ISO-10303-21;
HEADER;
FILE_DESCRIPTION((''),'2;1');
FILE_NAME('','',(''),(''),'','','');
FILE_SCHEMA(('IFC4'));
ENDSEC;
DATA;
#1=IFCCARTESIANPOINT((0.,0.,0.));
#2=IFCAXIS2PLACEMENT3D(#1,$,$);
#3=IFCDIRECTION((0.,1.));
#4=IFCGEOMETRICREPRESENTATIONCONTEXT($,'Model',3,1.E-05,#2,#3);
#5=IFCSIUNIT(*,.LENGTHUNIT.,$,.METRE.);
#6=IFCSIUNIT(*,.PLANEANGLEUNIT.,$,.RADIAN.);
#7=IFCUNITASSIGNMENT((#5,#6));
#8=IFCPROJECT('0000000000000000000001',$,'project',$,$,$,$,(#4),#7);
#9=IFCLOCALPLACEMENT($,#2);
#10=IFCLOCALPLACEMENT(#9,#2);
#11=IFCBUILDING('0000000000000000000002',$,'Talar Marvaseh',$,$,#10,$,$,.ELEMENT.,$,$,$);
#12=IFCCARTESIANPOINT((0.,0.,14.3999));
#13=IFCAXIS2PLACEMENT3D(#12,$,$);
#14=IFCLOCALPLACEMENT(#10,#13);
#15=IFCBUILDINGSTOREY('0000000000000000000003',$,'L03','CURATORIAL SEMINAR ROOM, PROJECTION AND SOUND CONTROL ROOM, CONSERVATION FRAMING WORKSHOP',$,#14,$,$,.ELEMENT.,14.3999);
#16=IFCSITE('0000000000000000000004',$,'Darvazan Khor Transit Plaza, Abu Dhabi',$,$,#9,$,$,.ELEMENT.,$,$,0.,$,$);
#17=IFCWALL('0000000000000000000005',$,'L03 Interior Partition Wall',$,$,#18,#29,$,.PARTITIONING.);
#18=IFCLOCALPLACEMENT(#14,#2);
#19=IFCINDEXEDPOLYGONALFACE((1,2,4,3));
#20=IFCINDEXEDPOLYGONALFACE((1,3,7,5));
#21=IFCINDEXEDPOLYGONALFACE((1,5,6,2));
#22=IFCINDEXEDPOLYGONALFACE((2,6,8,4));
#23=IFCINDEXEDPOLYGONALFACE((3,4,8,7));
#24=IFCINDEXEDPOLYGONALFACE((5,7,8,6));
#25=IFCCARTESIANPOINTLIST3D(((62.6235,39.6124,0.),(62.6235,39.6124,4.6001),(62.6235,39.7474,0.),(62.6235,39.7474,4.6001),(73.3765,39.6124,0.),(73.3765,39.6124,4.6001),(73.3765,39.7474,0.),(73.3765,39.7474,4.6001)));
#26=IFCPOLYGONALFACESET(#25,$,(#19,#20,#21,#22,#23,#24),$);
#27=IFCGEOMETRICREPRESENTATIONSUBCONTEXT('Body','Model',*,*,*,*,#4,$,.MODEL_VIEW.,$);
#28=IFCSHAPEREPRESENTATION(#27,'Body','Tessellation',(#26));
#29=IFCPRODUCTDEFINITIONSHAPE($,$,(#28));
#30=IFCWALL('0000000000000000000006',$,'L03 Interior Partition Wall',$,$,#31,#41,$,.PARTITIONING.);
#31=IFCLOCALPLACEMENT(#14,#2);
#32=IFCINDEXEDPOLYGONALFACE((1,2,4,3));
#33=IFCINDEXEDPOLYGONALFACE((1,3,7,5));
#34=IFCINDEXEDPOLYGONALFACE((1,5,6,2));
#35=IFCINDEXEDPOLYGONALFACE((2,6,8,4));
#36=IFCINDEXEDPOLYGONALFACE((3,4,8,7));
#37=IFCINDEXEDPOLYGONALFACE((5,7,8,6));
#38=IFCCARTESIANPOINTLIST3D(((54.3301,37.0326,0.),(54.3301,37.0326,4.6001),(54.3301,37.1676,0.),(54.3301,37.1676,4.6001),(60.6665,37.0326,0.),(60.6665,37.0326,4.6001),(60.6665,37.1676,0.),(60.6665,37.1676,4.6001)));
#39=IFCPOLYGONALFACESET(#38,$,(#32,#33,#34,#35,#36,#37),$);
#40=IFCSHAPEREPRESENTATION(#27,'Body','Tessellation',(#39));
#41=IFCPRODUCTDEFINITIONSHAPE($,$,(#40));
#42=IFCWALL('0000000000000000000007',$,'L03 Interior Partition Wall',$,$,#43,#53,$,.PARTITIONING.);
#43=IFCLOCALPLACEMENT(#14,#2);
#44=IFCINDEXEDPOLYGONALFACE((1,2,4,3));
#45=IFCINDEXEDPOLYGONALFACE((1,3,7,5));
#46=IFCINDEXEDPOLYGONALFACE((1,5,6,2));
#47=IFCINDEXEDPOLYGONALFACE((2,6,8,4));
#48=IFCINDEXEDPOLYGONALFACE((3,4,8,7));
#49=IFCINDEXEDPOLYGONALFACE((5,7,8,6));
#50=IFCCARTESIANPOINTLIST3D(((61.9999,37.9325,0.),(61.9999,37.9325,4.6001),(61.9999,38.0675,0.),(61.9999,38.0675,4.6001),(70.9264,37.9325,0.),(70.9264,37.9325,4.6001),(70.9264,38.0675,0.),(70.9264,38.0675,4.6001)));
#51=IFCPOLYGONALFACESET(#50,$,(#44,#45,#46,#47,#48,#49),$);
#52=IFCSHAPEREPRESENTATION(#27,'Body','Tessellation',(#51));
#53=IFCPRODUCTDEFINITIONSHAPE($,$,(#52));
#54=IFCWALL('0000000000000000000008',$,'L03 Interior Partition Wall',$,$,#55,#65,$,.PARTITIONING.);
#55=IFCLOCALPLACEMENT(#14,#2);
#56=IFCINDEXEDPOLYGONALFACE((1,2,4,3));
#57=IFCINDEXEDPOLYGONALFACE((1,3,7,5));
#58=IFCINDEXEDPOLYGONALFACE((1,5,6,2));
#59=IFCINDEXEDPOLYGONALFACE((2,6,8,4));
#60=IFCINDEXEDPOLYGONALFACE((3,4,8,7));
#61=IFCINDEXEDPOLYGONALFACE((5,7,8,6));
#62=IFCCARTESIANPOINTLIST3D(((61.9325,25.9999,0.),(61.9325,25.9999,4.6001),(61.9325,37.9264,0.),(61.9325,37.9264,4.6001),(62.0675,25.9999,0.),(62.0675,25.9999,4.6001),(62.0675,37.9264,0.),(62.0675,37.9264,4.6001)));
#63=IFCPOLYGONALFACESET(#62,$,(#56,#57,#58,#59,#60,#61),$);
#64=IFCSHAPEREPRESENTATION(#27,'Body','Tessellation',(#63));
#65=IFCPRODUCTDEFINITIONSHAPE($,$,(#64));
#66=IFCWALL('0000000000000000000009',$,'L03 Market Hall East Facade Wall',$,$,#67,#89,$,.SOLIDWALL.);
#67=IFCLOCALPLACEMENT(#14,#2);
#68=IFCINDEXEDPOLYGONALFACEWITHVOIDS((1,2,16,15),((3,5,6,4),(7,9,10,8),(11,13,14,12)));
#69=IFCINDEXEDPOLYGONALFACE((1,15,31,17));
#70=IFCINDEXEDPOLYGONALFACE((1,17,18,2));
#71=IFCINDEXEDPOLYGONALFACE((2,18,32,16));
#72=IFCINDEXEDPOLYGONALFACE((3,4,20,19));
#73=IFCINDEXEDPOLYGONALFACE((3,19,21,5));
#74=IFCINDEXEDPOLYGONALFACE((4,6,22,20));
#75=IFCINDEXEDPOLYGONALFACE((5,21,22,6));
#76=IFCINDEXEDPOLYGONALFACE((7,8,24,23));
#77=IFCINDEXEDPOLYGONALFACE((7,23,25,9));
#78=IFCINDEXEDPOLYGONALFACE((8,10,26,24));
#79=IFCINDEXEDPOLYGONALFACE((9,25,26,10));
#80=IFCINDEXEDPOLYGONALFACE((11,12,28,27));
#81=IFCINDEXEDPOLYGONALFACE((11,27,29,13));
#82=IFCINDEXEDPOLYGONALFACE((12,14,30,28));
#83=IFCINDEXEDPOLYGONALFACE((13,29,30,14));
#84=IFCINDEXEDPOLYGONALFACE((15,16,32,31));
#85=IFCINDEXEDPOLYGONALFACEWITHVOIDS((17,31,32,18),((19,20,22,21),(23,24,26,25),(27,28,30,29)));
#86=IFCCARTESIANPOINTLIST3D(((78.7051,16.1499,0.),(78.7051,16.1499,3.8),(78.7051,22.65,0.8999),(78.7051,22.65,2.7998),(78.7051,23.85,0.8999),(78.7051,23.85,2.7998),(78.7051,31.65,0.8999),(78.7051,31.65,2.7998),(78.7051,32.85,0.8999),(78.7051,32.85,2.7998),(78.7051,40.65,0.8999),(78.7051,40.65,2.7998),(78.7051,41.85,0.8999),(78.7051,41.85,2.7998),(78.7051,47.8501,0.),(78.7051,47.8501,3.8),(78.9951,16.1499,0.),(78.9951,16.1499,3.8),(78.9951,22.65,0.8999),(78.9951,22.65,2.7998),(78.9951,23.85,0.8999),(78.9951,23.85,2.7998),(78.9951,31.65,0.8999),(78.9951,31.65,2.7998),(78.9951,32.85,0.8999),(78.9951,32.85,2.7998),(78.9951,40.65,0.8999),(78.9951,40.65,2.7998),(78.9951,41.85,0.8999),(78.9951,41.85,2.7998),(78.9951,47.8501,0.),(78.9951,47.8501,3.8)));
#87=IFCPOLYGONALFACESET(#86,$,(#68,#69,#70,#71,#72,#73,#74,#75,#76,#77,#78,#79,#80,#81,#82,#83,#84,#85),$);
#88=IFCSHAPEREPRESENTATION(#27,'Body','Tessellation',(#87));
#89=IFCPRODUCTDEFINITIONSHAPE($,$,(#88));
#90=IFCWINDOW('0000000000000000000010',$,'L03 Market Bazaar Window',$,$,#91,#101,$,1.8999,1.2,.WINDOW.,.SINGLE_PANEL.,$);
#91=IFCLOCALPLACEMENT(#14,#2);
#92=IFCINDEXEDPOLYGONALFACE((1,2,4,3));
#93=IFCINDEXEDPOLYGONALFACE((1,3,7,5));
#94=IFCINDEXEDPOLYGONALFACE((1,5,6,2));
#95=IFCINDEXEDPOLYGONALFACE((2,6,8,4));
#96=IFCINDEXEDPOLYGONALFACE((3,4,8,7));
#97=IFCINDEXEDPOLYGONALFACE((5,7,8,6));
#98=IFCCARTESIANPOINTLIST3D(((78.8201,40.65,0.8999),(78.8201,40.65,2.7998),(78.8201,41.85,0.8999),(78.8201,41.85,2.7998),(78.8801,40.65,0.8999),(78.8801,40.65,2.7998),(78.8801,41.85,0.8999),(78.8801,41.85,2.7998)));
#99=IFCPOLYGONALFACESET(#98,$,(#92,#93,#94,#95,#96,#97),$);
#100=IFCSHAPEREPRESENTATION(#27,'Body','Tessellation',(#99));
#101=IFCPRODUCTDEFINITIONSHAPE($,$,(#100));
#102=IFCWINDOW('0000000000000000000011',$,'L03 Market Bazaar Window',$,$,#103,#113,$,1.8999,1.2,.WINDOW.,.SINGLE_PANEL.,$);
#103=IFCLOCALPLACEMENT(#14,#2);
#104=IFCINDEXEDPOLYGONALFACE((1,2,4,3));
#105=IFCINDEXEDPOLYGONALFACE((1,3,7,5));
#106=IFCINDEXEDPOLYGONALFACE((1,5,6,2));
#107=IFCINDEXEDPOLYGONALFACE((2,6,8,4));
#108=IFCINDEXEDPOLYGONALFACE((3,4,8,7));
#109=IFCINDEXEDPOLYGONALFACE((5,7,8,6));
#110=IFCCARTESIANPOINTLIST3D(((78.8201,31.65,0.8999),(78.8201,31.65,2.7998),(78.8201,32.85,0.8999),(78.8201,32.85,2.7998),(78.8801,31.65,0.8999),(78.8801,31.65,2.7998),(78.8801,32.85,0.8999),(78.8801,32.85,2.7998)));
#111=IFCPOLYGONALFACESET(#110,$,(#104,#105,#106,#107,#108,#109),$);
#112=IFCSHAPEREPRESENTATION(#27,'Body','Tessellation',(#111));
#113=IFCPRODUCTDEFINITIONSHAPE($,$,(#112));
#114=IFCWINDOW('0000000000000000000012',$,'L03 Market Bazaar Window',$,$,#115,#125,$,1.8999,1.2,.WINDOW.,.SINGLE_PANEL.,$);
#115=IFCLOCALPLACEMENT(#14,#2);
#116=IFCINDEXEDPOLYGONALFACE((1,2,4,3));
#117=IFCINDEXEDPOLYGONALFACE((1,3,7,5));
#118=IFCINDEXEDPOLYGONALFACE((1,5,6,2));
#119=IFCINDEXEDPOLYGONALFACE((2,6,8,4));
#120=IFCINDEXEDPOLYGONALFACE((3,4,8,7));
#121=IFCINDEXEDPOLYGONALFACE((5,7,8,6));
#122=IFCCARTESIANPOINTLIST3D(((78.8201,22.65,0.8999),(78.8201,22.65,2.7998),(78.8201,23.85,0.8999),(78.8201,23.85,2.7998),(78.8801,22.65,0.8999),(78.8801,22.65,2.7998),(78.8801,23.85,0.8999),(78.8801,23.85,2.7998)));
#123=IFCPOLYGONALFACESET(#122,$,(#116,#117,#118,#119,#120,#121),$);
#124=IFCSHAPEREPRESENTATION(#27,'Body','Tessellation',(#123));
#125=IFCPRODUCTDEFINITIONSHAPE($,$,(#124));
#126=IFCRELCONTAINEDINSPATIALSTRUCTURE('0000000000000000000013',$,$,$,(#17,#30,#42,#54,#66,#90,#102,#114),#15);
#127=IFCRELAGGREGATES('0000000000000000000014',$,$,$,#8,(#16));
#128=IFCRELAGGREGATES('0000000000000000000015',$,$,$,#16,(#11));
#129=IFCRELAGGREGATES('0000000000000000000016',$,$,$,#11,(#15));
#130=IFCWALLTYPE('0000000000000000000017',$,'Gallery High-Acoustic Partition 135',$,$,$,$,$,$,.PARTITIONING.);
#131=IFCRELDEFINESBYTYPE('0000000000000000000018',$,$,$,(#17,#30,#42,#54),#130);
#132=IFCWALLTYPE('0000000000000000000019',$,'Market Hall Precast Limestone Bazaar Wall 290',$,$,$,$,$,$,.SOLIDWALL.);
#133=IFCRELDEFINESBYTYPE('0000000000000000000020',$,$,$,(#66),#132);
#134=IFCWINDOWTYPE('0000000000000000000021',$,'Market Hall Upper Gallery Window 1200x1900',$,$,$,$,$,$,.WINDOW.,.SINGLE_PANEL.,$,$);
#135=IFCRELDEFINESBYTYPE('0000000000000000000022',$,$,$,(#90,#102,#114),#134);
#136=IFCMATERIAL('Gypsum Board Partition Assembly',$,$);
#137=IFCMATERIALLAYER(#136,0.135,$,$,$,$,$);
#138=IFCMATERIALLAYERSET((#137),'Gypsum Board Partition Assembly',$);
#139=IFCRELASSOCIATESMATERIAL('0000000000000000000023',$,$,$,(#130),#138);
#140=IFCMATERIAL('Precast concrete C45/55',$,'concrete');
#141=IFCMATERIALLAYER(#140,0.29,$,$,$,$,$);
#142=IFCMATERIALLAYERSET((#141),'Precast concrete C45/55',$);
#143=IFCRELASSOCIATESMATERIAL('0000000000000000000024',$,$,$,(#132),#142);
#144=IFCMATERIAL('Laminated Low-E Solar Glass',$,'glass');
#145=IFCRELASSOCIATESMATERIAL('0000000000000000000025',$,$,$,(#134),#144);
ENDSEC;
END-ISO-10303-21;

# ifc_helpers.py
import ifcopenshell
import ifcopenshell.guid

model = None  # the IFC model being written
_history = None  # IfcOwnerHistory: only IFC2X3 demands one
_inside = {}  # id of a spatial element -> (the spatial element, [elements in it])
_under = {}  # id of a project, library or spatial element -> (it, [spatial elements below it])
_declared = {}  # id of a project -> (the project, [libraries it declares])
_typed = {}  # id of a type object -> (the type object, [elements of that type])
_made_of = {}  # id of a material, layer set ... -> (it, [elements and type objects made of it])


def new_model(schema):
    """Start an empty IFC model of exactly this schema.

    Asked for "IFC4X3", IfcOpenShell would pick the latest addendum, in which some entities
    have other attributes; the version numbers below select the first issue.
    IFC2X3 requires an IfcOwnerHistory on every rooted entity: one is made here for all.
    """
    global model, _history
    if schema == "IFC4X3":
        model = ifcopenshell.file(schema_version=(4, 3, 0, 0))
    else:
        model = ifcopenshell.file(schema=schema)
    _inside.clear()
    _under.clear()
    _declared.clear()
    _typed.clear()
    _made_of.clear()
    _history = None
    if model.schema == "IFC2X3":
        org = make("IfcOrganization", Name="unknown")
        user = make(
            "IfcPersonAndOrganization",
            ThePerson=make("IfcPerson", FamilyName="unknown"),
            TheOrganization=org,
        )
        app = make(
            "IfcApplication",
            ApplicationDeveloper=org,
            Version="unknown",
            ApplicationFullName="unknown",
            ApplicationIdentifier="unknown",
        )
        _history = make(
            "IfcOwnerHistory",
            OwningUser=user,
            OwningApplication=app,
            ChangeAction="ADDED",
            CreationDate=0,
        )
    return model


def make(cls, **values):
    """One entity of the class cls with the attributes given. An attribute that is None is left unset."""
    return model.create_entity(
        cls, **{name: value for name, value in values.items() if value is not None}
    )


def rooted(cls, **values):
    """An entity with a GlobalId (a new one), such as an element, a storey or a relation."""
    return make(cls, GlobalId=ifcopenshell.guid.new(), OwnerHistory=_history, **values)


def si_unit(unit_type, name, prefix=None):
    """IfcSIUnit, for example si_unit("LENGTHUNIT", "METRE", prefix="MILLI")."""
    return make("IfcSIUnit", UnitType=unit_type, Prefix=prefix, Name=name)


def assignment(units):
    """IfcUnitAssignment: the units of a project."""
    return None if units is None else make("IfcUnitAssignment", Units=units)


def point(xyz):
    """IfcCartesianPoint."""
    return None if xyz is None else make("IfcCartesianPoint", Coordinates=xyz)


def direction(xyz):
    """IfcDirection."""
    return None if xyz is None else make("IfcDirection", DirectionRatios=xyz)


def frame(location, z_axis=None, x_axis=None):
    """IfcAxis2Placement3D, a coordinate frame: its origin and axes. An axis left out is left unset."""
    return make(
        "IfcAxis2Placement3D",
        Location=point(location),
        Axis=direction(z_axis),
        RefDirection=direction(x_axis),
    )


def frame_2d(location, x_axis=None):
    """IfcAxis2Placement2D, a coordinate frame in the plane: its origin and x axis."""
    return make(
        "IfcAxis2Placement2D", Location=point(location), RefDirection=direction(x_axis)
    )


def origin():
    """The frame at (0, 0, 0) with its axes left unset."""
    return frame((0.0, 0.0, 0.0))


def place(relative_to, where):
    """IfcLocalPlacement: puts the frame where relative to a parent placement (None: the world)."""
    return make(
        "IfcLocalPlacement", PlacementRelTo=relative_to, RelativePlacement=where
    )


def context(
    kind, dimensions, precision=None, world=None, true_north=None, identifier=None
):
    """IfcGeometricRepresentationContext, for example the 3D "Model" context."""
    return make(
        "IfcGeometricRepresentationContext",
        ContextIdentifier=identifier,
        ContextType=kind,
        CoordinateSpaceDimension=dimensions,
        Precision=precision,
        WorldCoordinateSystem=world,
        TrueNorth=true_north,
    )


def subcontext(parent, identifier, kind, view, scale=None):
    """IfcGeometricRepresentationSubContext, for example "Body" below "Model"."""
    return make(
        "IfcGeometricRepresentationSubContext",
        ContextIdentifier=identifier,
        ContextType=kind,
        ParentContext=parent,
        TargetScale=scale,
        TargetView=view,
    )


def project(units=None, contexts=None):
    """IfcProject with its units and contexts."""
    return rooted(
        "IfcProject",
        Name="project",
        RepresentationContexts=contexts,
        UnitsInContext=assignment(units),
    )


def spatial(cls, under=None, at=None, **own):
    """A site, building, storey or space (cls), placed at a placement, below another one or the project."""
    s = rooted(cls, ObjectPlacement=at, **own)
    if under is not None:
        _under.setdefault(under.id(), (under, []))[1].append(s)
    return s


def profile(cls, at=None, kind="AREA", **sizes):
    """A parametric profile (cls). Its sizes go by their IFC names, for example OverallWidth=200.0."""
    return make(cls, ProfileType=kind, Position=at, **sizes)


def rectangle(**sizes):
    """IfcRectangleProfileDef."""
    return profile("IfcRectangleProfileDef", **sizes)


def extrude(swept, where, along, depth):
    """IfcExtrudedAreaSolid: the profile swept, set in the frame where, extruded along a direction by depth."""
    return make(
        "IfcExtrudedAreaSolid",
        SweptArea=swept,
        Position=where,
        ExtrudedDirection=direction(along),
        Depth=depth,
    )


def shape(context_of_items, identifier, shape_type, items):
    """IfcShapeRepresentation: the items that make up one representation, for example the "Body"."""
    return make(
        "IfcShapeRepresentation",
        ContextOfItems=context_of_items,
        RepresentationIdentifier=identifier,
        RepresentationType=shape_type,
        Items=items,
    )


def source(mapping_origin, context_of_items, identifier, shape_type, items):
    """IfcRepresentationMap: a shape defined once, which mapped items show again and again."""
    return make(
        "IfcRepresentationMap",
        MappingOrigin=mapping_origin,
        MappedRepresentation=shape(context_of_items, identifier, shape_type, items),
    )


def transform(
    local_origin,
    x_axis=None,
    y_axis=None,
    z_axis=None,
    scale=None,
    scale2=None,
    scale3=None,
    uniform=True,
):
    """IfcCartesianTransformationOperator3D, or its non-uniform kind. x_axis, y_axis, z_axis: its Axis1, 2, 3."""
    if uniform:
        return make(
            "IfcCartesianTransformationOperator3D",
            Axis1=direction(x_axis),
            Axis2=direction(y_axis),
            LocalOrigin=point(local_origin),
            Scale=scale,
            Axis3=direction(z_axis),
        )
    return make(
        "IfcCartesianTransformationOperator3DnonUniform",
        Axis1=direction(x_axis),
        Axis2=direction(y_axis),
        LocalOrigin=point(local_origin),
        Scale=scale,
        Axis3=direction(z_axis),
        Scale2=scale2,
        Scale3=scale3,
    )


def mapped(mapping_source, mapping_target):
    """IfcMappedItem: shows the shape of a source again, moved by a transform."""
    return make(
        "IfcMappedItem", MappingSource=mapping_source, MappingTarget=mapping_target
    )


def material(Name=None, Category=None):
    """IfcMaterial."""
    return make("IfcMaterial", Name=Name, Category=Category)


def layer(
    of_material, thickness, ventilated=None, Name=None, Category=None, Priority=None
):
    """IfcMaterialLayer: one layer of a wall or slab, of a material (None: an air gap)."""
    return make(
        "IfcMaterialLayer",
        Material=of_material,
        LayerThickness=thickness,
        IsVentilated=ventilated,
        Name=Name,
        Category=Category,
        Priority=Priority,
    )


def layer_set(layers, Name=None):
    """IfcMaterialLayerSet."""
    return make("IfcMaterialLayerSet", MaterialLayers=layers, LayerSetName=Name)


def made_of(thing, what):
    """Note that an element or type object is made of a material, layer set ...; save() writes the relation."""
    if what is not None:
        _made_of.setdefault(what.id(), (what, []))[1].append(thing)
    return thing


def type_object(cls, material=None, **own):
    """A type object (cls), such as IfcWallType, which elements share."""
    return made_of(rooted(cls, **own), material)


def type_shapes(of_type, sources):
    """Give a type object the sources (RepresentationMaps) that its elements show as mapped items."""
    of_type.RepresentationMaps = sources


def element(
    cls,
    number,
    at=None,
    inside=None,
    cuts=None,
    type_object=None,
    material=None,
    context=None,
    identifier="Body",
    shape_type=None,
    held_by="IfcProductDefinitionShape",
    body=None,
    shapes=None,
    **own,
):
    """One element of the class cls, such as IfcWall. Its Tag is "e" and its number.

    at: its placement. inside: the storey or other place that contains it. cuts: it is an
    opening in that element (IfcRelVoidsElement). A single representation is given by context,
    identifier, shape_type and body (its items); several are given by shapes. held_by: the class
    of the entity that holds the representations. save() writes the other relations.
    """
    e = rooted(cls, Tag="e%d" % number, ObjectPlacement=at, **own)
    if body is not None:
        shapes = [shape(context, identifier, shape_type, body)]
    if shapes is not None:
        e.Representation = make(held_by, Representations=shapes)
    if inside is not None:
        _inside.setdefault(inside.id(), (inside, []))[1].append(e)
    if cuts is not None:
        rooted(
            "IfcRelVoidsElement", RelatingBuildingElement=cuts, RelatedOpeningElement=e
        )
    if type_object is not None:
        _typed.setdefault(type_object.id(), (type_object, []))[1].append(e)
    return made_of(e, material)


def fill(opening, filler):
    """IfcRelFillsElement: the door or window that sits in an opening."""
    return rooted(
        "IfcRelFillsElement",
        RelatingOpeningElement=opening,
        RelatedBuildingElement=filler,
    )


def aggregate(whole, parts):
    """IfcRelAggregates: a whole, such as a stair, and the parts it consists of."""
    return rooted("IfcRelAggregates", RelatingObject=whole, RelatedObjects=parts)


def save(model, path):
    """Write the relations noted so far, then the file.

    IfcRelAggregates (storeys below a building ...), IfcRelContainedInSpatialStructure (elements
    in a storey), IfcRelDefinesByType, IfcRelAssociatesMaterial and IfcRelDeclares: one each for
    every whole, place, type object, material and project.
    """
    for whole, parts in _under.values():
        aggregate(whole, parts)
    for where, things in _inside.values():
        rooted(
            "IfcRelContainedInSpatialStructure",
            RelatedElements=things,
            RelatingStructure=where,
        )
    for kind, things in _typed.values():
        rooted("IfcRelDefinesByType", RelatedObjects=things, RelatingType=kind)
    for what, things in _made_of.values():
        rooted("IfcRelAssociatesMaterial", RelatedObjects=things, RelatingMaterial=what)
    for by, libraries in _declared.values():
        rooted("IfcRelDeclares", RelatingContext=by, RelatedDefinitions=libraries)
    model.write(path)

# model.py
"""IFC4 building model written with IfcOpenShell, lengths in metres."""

from ifc_helpers import new_model, si_unit, direction, frame, frame_2d, origin, place, context, subcontext, project, spatial, rectangle, extrude, source, transform, mapped, material, layer, layer_set, type_object, type_shapes, element, fill, save


model = new_model("IFC4")

# Units and contexts
model_context = context("Model", 3, precision=1e-05, world=origin(), true_north=direction((0.0, 1.0)))
body_context = subcontext(model_context, "Body", "Model", "MODEL_VIEW")
ifc_project = project(units=[si_unit("LENGTHUNIT", "METRE"), si_unit("PLANEANGLEUNIT", "RADIAN")], contexts=[model_context])

# Site, building, storey
site_placement = place(None, origin())
site = spatial("IfcSite", under=ifc_project, at=site_placement, Name="Darvazan Khor Transit Plaza, Abu Dhabi", CompositionType="ELEMENT", RefElevation=0.0)
building_placement = place(site_placement, origin())
building = spatial("IfcBuilding", under=site, at=building_placement, Name="Talar Marvaseh", CompositionType="ELEMENT")
storey_placement = place(building_placement, frame((0.0, 0.0, 14.3999)))
storey = spatial("IfcBuildingStorey", under=building, at=storey_placement, Name="L03", Description="CURATORIAL SEMINAR ROOM, PROJECTION AND SOUND CONTROL ROOM, CONSERVATION FRAMING WORKSHOP", CompositionType="ELEMENT", Elevation=14.3999)

# Shared definitions
ifc_material_1 = material(Name="Precast concrete C45/55", Category="concrete")

# Shared definitions
ifc_material_2 = material(Name="Gypsum Board Partition Assembly")
ifc_layer_1 = layer(ifc_material_2, 0.135)
ifc_layer_set_1 = layer_set([ifc_layer_1], Name="Gypsum Board Partition Assembly")
wall_type_1 = type_object("IfcWallType", Name="Gallery High-Acoustic Partition 135", PredefinedType="PARTITIONING", material=ifc_layer_set_1)

# Walls
wall_1_placement = place(storey_placement, frame((62.6235, 39.6799, 0.0), z_axis=(0.0, 0.0, 1.0), x_axis=(1.0, 0.0, 0.0)))
element("IfcWall", 1, at=wall_1_placement, inside=storey, type_object=wall_type_1, Name="L03 Interior Partition Wall", PredefinedType="PARTITIONING", context=body_context, shape_type="SweptSolid", body=[
    extrude(rectangle(XDim=10.7529, YDim=0.135, at=frame_2d((5.3765, 0.0))), origin(), (0.0, 0.0, 1.0), 4.6001),
])
wall_2_placement = place(storey_placement, frame((60.6665, 37.1001, 0.0), z_axis=(0.0, 0.0, 1.0), x_axis=(-1.0, 0.0, 0.0)))
element("IfcWall", 2, at=wall_2_placement, inside=storey, type_object=wall_type_1, Name="L03 Interior Partition Wall", PredefinedType="PARTITIONING", context=body_context, shape_type="SweptSolid", body=[
    extrude(rectangle(XDim=6.3364, YDim=0.135, at=frame_2d((3.1682, 0.0))), origin(), (0.0, 0.0, 1.0), 4.6001),
])
wall_3_placement = place(storey_placement, frame((70.9265, 38.0, 0.0), z_axis=(0.0, 0.0, 1.0), x_axis=(-1.0, 0.0, 0.0)))
element("IfcWall", 3, at=wall_3_placement, inside=storey, type_object=wall_type_1, Name="L03 Interior Partition Wall", PredefinedType="PARTITIONING", context=body_context, shape_type="SweptSolid", body=[
    extrude(rectangle(XDim=8.9265, YDim=0.135, at=frame_2d((4.4634, 0.0))), origin(), (0.0, 0.0, 1.0), 4.6001),
])
wall_4_placement = place(storey_placement, frame((62.0, 37.9265, 0.0), z_axis=(0.0, 0.0, 1.0), x_axis=(0.0, -1.0, 0.0)))
element("IfcWall", 4, at=wall_4_placement, inside=storey, type_object=wall_type_1, Name="L03 Interior Partition Wall", PredefinedType="PARTITIONING", context=body_context, shape_type="SweptSolid", body=[
    extrude(rectangle(XDim=11.9265, YDim=0.135, at=frame_2d((5.9634, 0.0))), origin(), (0.0, 0.0, 1.0), 4.6001),
])

# Wall, openings, windows
ifc_layer_2 = layer(ifc_material_1, 0.29)
ifc_layer_set_2 = layer_set([ifc_layer_2], Name="Precast concrete C45/55")
wall_type_2 = type_object("IfcWallType", Name="Market Hall Precast Limestone Bazaar Wall 290", PredefinedType="SOLIDWALL", material=ifc_layer_set_2)
wall_5_placement = place(storey_placement, frame((78.8501, 47.8501, 0.0), z_axis=(0.0, 0.0, 1.0), x_axis=(0.0, -1.0, 0.0)))
wall_5 = element("IfcWall", 5, at=wall_5_placement, inside=storey, type_object=wall_type_2, Name="L03 Market Hall East Facade Wall", PredefinedType="SOLIDWALL", context=body_context, shape_type="SweptSolid", body=[
    extrude(rectangle(XDim=31.7002, YDim=0.29, at=frame_2d((15.8501, 0.0))), origin(), (0.0, 0.0, 1.0), 3.8),
])
opening_1_placement = place(wall_5_placement, frame((6.0, 0.0, 0.8999)))
opening_1 = element("IfcOpeningElement", 6, at=opening_1_placement, cuts=wall_5, PredefinedType="OPENING", context=body_context, shape_type="SweptSolid", body=[
    extrude(rectangle(XDim=1.2, YDim=1.8999, at=frame_2d((0.6001, 0.95))), frame((0.0, 0.155, 0.0), z_axis=(0.0, -1.0, 0.0), x_axis=(1.0, 0.0, 0.0)), (0.0, 0.0, 1.0), 0.3101),
])
opening_2_placement = place(wall_5_placement, frame((15.0, 0.0, 0.8999)))
opening_2 = element("IfcOpeningElement", 7, at=opening_2_placement, cuts=wall_5, PredefinedType="OPENING", context=body_context, shape_type="SweptSolid", body=[
    extrude(rectangle(XDim=1.2, YDim=1.8999, at=frame_2d((0.6001, 0.95))), frame((0.0, 0.155, 0.0), z_axis=(0.0, -1.0, 0.0), x_axis=(1.0, 0.0, 0.0)), (0.0, 0.0, 1.0), 0.3101),
])
opening_3_placement = place(wall_5_placement, frame((24.0, 0.0, 0.8999)))
opening_3 = element("IfcOpeningElement", 8, at=opening_3_placement, cuts=wall_5, PredefinedType="OPENING", context=body_context, shape_type="SweptSolid", body=[
    extrude(rectangle(XDim=1.2, YDim=1.8999, at=frame_2d((0.6001, 0.95))), frame((0.0, 0.155, 0.0), z_axis=(0.0, -1.0, 0.0), x_axis=(1.0, 0.0, 0.0)), (0.0, 0.0, 1.0), 0.3101),
])
ifc_material_3 = material(Name="Laminated Low-E Solar Glass", Category="glass")
window_type = type_object("IfcWindowType", Name="Market Hall Upper Gallery Window 1200x1900", PartitioningType="SINGLE_PANEL", PredefinedType="WINDOW", material=ifc_material_3)
shared_shape_1 = source(origin(), body_context, "Body", "SweptSolid", [
    extrude(rectangle(XDim=1.2, YDim=1.8999, at=frame_2d((0.6001, 0.95))), frame((0.0, 0.03, 0.0), z_axis=(0.0, -1.0, 0.0), x_axis=(1.0, 0.0, 0.0)), (0.0, 0.0, 1.0), 0.0601),
])
type_shapes(window_type, [shared_shape_1])
window_1_placement = place(opening_1_placement, origin())
window_1 = element("IfcWindow", 9, at=window_1_placement, inside=storey, type_object=window_type, Name="L03 Market Bazaar Window", OverallHeight=1.8999, OverallWidth=1.2, PartitioningType="SINGLE_PANEL", PredefinedType="WINDOW", context=body_context, shape_type="MappedRepresentation", body=[
    mapped(shared_shape_1, transform((0.0, 0.0, 0.0), x_axis=(1.0, 0.0, 0.0), y_axis=(0.0, 1.0, 0.0), z_axis=(0.0, 0.0, 1.0), scale=1.0)),
])
fill(opening_1, window_1)
window_2_placement = place(opening_2_placement, origin())
window_2 = element("IfcWindow", 10, at=window_2_placement, inside=storey, type_object=window_type, Name="L03 Market Bazaar Window", OverallHeight=1.8999, OverallWidth=1.2, PartitioningType="SINGLE_PANEL", PredefinedType="WINDOW", context=body_context, shape_type="MappedRepresentation", body=[
    mapped(shared_shape_1, transform((0.0, 0.0, 0.0), x_axis=(1.0, 0.0, 0.0), y_axis=(0.0, 1.0, 0.0), z_axis=(0.0, 0.0, 1.0), scale=1.0)),
])
fill(opening_2, window_2)
window_3_placement = place(opening_3_placement, origin())
window_3 = element("IfcWindow", 11, at=window_3_placement, inside=storey, type_object=window_type, Name="L03 Market Bazaar Window", OverallHeight=1.8999, OverallWidth=1.2, PartitioningType="SINGLE_PANEL", PredefinedType="WINDOW", context=body_context, shape_type="MappedRepresentation", body=[
    mapped(shared_shape_1, transform((0.0, 0.0, 0.0), x_axis=(1.0, 0.0, 0.0), y_axis=(0.0, 1.0, 0.0), z_axis=(0.0, 0.0, 1.0), scale=1.0)),
])
fill(opening_3, window_3)

save(model, "model.ifc")
